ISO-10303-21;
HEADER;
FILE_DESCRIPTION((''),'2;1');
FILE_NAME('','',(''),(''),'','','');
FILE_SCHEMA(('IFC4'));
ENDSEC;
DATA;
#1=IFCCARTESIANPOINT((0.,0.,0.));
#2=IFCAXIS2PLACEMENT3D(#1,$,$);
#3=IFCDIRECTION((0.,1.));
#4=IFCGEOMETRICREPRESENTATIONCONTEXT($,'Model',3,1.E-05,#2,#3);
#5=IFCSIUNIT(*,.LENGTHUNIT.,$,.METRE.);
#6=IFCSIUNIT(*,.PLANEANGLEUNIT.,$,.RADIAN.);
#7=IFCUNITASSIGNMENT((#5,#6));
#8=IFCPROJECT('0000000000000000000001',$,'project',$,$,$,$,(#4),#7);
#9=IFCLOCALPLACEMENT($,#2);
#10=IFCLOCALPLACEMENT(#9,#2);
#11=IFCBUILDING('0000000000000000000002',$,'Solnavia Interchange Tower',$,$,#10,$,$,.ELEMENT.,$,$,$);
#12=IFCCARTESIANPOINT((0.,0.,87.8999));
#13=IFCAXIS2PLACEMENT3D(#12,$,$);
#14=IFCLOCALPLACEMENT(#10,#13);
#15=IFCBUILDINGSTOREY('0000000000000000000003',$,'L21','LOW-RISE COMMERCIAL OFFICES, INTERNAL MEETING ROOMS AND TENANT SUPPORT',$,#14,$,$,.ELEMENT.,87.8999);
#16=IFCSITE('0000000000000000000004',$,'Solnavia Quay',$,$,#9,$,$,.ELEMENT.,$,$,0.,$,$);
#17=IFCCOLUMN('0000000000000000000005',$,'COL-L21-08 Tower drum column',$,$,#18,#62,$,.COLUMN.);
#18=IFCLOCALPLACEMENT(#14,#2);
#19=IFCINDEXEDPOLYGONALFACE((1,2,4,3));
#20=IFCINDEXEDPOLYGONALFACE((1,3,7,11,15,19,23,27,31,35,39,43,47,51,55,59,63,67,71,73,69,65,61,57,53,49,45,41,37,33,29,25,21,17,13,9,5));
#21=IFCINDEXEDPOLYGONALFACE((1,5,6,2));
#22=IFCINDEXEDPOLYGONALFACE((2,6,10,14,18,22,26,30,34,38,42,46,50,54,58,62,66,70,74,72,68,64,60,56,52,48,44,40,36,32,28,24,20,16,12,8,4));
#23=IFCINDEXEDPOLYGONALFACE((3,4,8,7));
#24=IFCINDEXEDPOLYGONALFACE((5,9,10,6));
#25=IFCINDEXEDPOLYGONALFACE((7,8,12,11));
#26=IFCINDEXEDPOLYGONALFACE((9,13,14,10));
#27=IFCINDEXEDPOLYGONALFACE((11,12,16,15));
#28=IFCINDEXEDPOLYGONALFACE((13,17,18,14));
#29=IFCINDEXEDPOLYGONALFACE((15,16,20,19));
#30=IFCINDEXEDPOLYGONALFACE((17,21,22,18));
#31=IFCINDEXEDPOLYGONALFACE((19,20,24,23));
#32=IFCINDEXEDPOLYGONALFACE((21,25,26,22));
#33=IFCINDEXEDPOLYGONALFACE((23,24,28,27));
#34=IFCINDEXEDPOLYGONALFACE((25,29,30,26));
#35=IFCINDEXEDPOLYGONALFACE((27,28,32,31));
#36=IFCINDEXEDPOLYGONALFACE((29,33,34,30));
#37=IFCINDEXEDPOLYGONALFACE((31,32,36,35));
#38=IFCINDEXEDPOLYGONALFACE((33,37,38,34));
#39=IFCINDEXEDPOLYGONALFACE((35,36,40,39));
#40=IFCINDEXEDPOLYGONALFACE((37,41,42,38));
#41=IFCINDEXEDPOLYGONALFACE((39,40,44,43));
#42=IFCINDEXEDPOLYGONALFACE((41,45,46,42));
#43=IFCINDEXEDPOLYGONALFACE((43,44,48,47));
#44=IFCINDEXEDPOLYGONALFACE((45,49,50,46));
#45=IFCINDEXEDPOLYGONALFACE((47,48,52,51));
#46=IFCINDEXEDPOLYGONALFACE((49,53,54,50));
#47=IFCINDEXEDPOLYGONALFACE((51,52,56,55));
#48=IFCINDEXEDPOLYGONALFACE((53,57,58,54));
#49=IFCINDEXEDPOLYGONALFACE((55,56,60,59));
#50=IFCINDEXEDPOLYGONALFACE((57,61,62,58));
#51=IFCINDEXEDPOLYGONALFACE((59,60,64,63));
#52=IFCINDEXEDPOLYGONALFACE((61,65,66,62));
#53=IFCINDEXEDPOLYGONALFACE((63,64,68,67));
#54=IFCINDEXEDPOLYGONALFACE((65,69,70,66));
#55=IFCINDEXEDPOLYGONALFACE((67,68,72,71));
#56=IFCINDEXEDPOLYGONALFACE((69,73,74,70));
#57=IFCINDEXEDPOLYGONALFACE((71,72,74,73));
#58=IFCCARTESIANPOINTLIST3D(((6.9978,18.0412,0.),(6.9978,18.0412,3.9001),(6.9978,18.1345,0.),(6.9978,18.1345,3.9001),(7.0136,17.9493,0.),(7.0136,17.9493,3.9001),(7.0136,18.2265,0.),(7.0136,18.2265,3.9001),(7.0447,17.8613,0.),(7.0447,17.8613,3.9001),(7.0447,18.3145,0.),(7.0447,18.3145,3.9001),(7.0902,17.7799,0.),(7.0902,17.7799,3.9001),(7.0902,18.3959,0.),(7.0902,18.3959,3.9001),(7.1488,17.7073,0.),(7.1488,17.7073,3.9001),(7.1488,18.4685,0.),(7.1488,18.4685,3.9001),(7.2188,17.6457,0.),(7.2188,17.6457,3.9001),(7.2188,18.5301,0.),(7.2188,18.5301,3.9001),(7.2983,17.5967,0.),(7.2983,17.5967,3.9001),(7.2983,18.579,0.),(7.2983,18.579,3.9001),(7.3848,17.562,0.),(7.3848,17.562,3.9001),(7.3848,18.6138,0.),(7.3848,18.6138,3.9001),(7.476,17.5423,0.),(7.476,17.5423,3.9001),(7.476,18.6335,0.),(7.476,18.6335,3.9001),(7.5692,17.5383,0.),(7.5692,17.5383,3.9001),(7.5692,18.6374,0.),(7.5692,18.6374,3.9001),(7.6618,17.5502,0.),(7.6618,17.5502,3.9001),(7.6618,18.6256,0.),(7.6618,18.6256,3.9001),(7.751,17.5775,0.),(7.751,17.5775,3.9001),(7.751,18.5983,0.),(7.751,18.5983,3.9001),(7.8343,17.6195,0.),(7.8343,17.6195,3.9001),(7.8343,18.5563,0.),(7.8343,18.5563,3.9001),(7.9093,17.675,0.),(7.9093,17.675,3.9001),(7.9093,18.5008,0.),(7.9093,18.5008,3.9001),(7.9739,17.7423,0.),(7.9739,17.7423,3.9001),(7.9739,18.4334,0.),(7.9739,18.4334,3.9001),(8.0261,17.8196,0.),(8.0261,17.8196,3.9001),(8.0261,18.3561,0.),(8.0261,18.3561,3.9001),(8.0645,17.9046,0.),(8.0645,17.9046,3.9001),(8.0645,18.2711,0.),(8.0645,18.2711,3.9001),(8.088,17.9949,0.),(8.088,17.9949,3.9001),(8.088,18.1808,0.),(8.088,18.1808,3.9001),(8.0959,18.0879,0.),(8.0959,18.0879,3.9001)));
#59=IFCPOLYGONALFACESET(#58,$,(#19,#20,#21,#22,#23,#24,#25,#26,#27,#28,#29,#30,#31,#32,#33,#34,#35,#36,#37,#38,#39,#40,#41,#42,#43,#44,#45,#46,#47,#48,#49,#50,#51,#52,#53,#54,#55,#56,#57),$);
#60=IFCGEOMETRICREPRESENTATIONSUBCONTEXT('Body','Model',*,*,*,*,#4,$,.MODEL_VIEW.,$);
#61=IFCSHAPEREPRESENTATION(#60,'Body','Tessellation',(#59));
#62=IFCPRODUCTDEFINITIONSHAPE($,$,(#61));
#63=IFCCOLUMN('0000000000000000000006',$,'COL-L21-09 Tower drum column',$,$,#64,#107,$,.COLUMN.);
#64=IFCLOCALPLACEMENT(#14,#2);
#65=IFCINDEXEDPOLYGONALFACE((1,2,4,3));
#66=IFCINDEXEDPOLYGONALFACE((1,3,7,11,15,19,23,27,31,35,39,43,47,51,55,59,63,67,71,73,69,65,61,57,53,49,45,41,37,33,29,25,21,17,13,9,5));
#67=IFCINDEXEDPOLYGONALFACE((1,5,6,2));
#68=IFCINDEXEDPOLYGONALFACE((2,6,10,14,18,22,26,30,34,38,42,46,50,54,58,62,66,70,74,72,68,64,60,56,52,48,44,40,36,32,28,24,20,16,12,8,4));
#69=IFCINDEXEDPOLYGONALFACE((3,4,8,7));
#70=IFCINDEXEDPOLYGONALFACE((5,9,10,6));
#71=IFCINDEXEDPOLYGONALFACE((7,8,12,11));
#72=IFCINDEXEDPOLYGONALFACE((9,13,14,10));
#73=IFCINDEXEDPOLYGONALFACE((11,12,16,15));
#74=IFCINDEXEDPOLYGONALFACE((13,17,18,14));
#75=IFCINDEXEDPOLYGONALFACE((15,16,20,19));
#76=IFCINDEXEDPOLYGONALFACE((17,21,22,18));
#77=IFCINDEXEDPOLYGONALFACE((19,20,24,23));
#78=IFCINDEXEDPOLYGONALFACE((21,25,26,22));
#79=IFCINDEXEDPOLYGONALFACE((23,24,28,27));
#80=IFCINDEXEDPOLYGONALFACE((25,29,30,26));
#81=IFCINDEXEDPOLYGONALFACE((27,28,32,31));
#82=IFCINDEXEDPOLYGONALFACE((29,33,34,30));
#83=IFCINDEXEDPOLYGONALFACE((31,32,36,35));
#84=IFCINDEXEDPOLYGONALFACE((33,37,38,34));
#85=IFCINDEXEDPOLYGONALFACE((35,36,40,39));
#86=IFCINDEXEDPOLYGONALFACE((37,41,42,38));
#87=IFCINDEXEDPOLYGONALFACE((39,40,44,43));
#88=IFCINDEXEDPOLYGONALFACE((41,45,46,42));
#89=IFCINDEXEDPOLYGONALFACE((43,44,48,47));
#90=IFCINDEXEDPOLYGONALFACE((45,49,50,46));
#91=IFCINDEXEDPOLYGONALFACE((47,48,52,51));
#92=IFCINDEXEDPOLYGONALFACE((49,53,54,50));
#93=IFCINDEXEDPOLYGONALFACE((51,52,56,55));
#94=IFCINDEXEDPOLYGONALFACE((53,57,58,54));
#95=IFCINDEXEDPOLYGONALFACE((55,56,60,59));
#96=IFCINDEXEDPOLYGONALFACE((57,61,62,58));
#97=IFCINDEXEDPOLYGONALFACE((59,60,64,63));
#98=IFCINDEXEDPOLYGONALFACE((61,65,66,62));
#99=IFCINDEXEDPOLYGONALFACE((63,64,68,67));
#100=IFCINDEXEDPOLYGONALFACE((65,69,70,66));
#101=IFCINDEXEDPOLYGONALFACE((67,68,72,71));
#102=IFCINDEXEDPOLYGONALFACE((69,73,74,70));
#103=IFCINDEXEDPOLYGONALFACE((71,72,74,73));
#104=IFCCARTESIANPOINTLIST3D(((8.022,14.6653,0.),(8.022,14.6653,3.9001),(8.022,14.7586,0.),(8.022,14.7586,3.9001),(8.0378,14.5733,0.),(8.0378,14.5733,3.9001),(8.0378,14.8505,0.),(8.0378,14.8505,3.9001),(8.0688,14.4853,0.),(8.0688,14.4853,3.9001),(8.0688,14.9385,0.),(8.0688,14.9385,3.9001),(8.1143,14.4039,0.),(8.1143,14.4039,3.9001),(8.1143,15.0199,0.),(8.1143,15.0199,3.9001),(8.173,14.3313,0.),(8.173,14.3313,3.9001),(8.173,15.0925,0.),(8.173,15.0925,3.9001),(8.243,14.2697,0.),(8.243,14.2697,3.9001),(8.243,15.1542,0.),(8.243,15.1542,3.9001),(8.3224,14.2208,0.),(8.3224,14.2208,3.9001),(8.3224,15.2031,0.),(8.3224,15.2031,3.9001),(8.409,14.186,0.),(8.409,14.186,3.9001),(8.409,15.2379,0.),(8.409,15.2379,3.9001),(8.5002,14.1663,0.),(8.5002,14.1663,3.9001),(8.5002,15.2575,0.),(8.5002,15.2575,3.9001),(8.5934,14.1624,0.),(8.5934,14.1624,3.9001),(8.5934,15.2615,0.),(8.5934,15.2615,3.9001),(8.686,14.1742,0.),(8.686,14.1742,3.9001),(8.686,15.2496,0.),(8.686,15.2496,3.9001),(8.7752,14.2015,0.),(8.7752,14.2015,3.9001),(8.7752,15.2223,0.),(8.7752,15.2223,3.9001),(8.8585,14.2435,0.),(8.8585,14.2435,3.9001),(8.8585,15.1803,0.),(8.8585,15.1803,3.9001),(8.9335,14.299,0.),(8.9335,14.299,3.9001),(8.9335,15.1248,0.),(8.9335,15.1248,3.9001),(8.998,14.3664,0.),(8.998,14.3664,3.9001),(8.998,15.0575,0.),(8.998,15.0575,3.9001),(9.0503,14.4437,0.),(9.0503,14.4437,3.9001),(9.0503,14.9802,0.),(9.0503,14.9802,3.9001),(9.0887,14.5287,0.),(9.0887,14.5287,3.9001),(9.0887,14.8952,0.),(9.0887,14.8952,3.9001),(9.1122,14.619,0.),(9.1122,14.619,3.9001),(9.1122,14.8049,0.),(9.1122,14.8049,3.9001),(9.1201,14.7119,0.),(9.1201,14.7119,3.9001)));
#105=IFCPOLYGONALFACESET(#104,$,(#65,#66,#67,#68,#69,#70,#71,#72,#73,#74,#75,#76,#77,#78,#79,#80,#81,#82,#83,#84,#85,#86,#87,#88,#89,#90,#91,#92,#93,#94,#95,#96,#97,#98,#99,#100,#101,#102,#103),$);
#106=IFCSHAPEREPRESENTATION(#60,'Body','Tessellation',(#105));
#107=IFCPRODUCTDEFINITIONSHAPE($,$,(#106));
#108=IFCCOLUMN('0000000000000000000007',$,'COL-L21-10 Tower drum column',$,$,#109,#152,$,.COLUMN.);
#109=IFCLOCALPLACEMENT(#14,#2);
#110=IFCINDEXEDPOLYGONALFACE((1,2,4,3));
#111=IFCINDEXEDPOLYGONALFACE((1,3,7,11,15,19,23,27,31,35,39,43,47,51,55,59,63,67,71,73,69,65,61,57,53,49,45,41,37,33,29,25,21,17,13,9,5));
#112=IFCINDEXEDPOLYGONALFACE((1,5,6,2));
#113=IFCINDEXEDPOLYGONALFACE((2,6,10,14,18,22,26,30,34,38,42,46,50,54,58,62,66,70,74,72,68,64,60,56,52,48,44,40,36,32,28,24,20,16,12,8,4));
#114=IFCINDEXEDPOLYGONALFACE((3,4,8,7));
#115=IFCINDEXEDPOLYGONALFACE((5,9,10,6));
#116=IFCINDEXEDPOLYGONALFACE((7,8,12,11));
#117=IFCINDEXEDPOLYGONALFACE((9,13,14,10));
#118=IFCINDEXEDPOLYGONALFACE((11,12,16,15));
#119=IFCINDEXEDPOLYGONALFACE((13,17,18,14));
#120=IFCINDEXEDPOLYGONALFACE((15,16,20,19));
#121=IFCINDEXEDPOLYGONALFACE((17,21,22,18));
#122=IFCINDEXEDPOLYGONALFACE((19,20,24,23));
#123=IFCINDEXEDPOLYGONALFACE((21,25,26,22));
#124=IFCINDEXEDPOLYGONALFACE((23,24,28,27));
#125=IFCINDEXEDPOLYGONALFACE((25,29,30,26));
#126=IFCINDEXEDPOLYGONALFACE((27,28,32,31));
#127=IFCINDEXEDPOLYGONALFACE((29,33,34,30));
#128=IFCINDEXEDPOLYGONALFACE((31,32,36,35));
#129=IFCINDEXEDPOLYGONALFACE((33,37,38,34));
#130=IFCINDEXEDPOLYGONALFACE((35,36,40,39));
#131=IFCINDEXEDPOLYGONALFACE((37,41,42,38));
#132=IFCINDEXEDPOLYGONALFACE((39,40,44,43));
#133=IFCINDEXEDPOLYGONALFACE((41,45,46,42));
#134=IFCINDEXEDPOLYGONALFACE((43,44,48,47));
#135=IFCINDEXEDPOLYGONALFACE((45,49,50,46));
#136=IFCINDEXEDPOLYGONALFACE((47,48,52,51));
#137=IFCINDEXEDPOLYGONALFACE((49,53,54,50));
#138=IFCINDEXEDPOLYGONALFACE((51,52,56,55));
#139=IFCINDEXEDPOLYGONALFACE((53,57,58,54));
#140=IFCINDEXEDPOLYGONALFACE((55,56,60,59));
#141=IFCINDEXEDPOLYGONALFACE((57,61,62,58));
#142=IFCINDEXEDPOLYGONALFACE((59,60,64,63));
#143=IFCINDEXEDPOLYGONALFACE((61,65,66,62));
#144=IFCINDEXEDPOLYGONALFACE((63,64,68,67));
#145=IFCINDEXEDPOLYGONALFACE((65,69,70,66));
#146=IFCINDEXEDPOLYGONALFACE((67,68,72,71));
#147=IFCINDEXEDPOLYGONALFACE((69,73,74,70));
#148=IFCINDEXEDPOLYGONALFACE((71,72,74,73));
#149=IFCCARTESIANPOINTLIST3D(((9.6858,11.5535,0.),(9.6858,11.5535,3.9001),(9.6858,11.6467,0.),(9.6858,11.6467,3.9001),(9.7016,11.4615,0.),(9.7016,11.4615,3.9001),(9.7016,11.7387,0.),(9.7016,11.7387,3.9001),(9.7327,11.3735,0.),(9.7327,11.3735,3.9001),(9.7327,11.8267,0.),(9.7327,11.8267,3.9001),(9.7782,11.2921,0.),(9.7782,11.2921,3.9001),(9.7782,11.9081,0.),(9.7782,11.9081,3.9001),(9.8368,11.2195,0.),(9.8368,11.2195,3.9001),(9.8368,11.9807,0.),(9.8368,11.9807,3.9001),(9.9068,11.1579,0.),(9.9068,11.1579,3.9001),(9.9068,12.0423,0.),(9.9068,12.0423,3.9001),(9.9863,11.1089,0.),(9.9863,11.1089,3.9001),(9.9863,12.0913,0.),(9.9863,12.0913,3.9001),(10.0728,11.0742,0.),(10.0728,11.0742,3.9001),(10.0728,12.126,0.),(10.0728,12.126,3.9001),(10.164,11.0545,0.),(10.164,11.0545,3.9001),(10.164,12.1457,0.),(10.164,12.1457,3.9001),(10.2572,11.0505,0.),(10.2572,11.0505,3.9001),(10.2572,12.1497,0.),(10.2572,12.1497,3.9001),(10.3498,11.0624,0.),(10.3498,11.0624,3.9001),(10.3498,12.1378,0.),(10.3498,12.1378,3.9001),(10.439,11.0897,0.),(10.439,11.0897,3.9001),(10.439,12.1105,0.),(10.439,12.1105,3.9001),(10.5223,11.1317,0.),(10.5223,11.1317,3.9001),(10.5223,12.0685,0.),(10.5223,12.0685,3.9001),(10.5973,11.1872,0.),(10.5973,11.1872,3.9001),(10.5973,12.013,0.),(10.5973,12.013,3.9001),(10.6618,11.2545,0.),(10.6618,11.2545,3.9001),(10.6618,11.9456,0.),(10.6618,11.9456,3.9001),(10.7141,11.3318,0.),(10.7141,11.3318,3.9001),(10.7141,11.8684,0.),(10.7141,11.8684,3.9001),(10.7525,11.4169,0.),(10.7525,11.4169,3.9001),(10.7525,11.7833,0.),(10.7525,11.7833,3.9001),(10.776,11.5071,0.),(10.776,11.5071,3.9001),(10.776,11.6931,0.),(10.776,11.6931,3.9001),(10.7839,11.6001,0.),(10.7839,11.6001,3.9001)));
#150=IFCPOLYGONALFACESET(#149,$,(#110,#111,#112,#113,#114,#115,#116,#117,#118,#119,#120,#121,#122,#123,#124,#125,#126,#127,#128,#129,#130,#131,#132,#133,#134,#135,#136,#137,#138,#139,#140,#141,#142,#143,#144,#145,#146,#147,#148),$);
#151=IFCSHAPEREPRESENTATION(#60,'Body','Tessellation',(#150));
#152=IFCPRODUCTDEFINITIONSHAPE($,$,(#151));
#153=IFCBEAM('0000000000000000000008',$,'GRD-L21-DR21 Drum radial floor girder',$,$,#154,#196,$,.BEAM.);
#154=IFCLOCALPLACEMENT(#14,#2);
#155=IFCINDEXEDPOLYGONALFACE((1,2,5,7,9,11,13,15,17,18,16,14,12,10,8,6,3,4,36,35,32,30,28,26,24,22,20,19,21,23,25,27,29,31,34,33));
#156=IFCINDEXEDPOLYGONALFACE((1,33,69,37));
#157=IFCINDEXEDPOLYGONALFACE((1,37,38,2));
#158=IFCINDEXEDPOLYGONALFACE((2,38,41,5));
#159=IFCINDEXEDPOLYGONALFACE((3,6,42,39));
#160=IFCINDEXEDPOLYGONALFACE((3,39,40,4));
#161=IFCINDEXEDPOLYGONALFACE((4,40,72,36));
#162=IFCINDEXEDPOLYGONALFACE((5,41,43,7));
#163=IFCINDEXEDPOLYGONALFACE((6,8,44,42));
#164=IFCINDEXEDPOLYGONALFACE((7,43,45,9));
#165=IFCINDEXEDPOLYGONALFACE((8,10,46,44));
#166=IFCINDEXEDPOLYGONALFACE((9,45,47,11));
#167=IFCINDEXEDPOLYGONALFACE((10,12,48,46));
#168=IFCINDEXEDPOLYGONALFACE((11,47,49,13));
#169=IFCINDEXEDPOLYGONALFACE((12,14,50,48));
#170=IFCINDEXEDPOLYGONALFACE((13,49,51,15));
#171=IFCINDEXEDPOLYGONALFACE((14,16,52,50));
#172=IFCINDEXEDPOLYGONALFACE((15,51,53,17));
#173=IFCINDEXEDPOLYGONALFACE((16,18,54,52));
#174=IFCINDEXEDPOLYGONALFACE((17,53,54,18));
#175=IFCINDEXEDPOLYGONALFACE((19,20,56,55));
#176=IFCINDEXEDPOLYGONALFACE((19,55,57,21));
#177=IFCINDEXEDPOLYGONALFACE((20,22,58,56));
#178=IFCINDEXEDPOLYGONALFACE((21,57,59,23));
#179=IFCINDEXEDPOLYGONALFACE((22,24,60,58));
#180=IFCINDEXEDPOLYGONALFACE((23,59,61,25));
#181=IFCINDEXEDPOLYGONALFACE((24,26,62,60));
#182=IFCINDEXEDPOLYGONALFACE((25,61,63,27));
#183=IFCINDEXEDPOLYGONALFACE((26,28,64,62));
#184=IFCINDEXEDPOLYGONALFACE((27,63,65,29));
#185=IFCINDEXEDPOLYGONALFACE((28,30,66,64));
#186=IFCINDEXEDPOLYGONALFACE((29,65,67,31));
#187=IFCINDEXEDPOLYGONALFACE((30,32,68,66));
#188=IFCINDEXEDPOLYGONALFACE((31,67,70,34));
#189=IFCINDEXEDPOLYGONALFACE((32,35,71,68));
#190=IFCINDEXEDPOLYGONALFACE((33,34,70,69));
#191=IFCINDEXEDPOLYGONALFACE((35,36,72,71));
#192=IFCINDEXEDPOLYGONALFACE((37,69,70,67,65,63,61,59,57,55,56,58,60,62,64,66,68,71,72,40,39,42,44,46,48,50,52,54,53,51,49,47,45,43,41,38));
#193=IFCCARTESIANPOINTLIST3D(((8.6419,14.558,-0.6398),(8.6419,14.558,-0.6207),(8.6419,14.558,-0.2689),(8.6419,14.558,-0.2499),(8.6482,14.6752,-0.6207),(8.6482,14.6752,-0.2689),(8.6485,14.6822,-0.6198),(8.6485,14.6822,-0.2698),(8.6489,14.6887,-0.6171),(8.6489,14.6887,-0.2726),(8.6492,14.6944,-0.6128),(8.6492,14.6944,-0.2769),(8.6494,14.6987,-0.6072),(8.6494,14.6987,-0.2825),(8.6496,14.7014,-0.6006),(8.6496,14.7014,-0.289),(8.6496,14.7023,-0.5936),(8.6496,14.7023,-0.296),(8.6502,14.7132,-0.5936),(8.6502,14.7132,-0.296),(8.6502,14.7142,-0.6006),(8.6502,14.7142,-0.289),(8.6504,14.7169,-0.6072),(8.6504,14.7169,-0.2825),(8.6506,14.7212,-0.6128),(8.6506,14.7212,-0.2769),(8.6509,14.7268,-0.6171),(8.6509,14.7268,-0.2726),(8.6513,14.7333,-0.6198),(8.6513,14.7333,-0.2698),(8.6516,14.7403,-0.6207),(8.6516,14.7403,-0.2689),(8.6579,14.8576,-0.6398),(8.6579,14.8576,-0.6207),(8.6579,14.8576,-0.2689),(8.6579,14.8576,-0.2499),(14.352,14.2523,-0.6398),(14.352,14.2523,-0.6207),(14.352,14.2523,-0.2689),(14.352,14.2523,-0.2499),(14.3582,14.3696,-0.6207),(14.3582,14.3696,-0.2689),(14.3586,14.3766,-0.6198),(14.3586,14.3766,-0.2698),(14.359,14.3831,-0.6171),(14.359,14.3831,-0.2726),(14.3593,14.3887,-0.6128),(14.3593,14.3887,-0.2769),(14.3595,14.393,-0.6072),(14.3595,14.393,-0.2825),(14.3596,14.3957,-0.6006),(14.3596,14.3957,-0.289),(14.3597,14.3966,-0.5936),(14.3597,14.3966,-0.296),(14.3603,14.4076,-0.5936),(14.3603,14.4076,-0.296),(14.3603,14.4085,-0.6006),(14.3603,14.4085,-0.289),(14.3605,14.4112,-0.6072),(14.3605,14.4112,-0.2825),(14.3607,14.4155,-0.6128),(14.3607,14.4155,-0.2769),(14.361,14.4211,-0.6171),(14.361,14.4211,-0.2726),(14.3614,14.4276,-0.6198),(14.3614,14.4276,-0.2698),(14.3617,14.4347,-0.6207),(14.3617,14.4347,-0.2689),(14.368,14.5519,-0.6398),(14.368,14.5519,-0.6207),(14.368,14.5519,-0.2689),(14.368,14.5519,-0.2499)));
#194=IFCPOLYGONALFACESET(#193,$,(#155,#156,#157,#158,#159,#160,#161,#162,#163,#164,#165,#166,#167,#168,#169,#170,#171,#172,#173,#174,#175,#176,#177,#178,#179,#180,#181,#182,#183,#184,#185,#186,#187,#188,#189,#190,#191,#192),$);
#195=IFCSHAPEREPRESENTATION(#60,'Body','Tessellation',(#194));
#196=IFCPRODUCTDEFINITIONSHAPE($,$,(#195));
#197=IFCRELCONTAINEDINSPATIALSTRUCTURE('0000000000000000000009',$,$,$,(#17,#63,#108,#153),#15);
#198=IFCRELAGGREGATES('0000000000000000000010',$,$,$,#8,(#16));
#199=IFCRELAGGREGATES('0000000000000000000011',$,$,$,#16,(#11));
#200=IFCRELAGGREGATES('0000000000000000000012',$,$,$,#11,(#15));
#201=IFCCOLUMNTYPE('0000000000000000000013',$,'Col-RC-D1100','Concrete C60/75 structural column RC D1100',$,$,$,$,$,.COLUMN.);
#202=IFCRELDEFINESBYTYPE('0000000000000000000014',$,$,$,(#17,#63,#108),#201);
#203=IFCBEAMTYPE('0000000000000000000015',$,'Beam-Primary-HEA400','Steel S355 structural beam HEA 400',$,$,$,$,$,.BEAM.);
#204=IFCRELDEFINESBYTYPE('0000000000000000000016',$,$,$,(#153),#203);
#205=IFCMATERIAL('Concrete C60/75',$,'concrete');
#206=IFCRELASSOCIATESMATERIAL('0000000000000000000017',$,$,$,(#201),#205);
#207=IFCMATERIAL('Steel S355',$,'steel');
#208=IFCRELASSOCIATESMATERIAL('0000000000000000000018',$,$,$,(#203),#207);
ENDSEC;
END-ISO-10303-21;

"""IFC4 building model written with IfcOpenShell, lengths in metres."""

from ifc_helpers import new_model, si_unit, direction, frame, origin, origin_2d, place, context, subcontext, project, spatial, circle, i_section, extrude, material, material_profile, profile_set, type_object, element, save


model = new_model("IFC4")

# Units and contexts
model_context = context("Model", 3, precision=1e-05, world=origin(), true_north=direction((0.0, 1.0)))
body_context = subcontext(model_context, "Body", "Model", "MODEL_VIEW")
ifc_project = project(units=[si_unit("LENGTHUNIT", "METRE"), si_unit("PLANEANGLEUNIT", "RADIAN")], contexts=[model_context])

# Site, building, storey
site_placement = place(None, origin())
site = spatial("IfcSite", under=ifc_project, at=site_placement, Name="Solnavia Quay", CompositionType="ELEMENT", RefElevation=0.0)
building_placement = place(site_placement, origin())
building = spatial("IfcBuilding", under=site, at=building_placement, Name="Solnavia Interchange Tower", CompositionType="ELEMENT")
storey_placement = place(building_placement, frame((0.0, 0.0, 87.8999)))
storey = spatial("IfcBuildingStorey", under=building, at=storey_placement, Name="L21", Description="LOW-RISE COMMERCIAL OFFICES, INTERNAL MEETING ROOMS AND TENANT SUPPORT", CompositionType="ELEMENT", Elevation=87.8999)

# Columns
ifc_material_1 = material(Name="Concrete C60/75", Category="concrete")
ifc_material_profile_1 = material_profile(ifc_material_1, circle(Radius=0.55, at=origin_2d()), Name="RC D1100")
ifc_profile_set_1 = profile_set([ifc_material_profile_1], Name="Concrete C60/75")
column_type = type_object("IfcColumnType", Name="Col-RC-D1100", Description="Concrete C60/75 structural column RC D1100", PredefinedType="COLUMN", material=ifc_profile_set_1)
for number, where, z_axis, x_axis, name in (
    (1, (7.5459, 18.0879, 0.0), (0.0, 0.0, 1.0), (1.0, 0.0, 0.0), "COL-L21-08 Tower drum column"),
    (2, (8.5701, 14.7119, 0.0), (0.0, 0.0, 1.0), (1.0, 0.0, 0.0), "COL-L21-09 Tower drum column"),
    (3, (10.2339, 11.6001, 0.0), (0.0, 0.0, 1.0), (1.0, 0.0, 0.0), "COL-L21-10 Tower drum column"),
):
    element("IfcColumn", number, at=place(storey_placement, frame(where, z_axis=z_axis, x_axis=x_axis)), inside=storey, type_object=column_type, Name=name, PredefinedType="COLUMN", context=body_context, shape_type="SweptSolid", body=[
        extrude(circle(Radius=0.55, at=origin_2d()), origin(), (0.0, 0.0, 1.0), 3.9001),
    ])

# Beam
ifc_material_2 = material(Name="Steel S355", Category="steel")
ifc_material_profile_2 = material_profile(ifc_material_2, i_section(OverallWidth=0.3, OverallDepth=0.3899, WebThickness=0.011, FlangeThickness=0.019, FilletRadius=0.0271, at=origin_2d()), Name="HEA 400")
ifc_profile_set_2 = profile_set([ifc_material_profile_2], Name="Steel S355")
beam_type_1 = type_object("IfcBeamType", Name="Beam-Primary-HEA400", Description="Steel S355 structural beam HEA 400", PredefinedType="BEAM", material=ifc_profile_set_2)
beam_1_placement = place(storey_placement, frame((8.6499, 14.7078, -0.4448), z_axis=(0.99857, -0.053453, 0.0), x_axis=(0.053453, 0.99857, 0.0)))
element("IfcBeam", 4, at=beam_1_placement, inside=storey, type_object=beam_type_1, Name="GRD-L21-DR21 Drum radial floor girder", PredefinedType="BEAM", context=body_context, shape_type="SweptSolid", body=[
    extrude(i_section(OverallWidth=0.3, OverallDepth=0.3899, WebThickness=0.011, FlangeThickness=0.019, FilletRadius=0.0271, at=origin_2d()), origin(), (0.0, 0.0, 1.0), 5.7183),
])

save(model, "model.ifc")
